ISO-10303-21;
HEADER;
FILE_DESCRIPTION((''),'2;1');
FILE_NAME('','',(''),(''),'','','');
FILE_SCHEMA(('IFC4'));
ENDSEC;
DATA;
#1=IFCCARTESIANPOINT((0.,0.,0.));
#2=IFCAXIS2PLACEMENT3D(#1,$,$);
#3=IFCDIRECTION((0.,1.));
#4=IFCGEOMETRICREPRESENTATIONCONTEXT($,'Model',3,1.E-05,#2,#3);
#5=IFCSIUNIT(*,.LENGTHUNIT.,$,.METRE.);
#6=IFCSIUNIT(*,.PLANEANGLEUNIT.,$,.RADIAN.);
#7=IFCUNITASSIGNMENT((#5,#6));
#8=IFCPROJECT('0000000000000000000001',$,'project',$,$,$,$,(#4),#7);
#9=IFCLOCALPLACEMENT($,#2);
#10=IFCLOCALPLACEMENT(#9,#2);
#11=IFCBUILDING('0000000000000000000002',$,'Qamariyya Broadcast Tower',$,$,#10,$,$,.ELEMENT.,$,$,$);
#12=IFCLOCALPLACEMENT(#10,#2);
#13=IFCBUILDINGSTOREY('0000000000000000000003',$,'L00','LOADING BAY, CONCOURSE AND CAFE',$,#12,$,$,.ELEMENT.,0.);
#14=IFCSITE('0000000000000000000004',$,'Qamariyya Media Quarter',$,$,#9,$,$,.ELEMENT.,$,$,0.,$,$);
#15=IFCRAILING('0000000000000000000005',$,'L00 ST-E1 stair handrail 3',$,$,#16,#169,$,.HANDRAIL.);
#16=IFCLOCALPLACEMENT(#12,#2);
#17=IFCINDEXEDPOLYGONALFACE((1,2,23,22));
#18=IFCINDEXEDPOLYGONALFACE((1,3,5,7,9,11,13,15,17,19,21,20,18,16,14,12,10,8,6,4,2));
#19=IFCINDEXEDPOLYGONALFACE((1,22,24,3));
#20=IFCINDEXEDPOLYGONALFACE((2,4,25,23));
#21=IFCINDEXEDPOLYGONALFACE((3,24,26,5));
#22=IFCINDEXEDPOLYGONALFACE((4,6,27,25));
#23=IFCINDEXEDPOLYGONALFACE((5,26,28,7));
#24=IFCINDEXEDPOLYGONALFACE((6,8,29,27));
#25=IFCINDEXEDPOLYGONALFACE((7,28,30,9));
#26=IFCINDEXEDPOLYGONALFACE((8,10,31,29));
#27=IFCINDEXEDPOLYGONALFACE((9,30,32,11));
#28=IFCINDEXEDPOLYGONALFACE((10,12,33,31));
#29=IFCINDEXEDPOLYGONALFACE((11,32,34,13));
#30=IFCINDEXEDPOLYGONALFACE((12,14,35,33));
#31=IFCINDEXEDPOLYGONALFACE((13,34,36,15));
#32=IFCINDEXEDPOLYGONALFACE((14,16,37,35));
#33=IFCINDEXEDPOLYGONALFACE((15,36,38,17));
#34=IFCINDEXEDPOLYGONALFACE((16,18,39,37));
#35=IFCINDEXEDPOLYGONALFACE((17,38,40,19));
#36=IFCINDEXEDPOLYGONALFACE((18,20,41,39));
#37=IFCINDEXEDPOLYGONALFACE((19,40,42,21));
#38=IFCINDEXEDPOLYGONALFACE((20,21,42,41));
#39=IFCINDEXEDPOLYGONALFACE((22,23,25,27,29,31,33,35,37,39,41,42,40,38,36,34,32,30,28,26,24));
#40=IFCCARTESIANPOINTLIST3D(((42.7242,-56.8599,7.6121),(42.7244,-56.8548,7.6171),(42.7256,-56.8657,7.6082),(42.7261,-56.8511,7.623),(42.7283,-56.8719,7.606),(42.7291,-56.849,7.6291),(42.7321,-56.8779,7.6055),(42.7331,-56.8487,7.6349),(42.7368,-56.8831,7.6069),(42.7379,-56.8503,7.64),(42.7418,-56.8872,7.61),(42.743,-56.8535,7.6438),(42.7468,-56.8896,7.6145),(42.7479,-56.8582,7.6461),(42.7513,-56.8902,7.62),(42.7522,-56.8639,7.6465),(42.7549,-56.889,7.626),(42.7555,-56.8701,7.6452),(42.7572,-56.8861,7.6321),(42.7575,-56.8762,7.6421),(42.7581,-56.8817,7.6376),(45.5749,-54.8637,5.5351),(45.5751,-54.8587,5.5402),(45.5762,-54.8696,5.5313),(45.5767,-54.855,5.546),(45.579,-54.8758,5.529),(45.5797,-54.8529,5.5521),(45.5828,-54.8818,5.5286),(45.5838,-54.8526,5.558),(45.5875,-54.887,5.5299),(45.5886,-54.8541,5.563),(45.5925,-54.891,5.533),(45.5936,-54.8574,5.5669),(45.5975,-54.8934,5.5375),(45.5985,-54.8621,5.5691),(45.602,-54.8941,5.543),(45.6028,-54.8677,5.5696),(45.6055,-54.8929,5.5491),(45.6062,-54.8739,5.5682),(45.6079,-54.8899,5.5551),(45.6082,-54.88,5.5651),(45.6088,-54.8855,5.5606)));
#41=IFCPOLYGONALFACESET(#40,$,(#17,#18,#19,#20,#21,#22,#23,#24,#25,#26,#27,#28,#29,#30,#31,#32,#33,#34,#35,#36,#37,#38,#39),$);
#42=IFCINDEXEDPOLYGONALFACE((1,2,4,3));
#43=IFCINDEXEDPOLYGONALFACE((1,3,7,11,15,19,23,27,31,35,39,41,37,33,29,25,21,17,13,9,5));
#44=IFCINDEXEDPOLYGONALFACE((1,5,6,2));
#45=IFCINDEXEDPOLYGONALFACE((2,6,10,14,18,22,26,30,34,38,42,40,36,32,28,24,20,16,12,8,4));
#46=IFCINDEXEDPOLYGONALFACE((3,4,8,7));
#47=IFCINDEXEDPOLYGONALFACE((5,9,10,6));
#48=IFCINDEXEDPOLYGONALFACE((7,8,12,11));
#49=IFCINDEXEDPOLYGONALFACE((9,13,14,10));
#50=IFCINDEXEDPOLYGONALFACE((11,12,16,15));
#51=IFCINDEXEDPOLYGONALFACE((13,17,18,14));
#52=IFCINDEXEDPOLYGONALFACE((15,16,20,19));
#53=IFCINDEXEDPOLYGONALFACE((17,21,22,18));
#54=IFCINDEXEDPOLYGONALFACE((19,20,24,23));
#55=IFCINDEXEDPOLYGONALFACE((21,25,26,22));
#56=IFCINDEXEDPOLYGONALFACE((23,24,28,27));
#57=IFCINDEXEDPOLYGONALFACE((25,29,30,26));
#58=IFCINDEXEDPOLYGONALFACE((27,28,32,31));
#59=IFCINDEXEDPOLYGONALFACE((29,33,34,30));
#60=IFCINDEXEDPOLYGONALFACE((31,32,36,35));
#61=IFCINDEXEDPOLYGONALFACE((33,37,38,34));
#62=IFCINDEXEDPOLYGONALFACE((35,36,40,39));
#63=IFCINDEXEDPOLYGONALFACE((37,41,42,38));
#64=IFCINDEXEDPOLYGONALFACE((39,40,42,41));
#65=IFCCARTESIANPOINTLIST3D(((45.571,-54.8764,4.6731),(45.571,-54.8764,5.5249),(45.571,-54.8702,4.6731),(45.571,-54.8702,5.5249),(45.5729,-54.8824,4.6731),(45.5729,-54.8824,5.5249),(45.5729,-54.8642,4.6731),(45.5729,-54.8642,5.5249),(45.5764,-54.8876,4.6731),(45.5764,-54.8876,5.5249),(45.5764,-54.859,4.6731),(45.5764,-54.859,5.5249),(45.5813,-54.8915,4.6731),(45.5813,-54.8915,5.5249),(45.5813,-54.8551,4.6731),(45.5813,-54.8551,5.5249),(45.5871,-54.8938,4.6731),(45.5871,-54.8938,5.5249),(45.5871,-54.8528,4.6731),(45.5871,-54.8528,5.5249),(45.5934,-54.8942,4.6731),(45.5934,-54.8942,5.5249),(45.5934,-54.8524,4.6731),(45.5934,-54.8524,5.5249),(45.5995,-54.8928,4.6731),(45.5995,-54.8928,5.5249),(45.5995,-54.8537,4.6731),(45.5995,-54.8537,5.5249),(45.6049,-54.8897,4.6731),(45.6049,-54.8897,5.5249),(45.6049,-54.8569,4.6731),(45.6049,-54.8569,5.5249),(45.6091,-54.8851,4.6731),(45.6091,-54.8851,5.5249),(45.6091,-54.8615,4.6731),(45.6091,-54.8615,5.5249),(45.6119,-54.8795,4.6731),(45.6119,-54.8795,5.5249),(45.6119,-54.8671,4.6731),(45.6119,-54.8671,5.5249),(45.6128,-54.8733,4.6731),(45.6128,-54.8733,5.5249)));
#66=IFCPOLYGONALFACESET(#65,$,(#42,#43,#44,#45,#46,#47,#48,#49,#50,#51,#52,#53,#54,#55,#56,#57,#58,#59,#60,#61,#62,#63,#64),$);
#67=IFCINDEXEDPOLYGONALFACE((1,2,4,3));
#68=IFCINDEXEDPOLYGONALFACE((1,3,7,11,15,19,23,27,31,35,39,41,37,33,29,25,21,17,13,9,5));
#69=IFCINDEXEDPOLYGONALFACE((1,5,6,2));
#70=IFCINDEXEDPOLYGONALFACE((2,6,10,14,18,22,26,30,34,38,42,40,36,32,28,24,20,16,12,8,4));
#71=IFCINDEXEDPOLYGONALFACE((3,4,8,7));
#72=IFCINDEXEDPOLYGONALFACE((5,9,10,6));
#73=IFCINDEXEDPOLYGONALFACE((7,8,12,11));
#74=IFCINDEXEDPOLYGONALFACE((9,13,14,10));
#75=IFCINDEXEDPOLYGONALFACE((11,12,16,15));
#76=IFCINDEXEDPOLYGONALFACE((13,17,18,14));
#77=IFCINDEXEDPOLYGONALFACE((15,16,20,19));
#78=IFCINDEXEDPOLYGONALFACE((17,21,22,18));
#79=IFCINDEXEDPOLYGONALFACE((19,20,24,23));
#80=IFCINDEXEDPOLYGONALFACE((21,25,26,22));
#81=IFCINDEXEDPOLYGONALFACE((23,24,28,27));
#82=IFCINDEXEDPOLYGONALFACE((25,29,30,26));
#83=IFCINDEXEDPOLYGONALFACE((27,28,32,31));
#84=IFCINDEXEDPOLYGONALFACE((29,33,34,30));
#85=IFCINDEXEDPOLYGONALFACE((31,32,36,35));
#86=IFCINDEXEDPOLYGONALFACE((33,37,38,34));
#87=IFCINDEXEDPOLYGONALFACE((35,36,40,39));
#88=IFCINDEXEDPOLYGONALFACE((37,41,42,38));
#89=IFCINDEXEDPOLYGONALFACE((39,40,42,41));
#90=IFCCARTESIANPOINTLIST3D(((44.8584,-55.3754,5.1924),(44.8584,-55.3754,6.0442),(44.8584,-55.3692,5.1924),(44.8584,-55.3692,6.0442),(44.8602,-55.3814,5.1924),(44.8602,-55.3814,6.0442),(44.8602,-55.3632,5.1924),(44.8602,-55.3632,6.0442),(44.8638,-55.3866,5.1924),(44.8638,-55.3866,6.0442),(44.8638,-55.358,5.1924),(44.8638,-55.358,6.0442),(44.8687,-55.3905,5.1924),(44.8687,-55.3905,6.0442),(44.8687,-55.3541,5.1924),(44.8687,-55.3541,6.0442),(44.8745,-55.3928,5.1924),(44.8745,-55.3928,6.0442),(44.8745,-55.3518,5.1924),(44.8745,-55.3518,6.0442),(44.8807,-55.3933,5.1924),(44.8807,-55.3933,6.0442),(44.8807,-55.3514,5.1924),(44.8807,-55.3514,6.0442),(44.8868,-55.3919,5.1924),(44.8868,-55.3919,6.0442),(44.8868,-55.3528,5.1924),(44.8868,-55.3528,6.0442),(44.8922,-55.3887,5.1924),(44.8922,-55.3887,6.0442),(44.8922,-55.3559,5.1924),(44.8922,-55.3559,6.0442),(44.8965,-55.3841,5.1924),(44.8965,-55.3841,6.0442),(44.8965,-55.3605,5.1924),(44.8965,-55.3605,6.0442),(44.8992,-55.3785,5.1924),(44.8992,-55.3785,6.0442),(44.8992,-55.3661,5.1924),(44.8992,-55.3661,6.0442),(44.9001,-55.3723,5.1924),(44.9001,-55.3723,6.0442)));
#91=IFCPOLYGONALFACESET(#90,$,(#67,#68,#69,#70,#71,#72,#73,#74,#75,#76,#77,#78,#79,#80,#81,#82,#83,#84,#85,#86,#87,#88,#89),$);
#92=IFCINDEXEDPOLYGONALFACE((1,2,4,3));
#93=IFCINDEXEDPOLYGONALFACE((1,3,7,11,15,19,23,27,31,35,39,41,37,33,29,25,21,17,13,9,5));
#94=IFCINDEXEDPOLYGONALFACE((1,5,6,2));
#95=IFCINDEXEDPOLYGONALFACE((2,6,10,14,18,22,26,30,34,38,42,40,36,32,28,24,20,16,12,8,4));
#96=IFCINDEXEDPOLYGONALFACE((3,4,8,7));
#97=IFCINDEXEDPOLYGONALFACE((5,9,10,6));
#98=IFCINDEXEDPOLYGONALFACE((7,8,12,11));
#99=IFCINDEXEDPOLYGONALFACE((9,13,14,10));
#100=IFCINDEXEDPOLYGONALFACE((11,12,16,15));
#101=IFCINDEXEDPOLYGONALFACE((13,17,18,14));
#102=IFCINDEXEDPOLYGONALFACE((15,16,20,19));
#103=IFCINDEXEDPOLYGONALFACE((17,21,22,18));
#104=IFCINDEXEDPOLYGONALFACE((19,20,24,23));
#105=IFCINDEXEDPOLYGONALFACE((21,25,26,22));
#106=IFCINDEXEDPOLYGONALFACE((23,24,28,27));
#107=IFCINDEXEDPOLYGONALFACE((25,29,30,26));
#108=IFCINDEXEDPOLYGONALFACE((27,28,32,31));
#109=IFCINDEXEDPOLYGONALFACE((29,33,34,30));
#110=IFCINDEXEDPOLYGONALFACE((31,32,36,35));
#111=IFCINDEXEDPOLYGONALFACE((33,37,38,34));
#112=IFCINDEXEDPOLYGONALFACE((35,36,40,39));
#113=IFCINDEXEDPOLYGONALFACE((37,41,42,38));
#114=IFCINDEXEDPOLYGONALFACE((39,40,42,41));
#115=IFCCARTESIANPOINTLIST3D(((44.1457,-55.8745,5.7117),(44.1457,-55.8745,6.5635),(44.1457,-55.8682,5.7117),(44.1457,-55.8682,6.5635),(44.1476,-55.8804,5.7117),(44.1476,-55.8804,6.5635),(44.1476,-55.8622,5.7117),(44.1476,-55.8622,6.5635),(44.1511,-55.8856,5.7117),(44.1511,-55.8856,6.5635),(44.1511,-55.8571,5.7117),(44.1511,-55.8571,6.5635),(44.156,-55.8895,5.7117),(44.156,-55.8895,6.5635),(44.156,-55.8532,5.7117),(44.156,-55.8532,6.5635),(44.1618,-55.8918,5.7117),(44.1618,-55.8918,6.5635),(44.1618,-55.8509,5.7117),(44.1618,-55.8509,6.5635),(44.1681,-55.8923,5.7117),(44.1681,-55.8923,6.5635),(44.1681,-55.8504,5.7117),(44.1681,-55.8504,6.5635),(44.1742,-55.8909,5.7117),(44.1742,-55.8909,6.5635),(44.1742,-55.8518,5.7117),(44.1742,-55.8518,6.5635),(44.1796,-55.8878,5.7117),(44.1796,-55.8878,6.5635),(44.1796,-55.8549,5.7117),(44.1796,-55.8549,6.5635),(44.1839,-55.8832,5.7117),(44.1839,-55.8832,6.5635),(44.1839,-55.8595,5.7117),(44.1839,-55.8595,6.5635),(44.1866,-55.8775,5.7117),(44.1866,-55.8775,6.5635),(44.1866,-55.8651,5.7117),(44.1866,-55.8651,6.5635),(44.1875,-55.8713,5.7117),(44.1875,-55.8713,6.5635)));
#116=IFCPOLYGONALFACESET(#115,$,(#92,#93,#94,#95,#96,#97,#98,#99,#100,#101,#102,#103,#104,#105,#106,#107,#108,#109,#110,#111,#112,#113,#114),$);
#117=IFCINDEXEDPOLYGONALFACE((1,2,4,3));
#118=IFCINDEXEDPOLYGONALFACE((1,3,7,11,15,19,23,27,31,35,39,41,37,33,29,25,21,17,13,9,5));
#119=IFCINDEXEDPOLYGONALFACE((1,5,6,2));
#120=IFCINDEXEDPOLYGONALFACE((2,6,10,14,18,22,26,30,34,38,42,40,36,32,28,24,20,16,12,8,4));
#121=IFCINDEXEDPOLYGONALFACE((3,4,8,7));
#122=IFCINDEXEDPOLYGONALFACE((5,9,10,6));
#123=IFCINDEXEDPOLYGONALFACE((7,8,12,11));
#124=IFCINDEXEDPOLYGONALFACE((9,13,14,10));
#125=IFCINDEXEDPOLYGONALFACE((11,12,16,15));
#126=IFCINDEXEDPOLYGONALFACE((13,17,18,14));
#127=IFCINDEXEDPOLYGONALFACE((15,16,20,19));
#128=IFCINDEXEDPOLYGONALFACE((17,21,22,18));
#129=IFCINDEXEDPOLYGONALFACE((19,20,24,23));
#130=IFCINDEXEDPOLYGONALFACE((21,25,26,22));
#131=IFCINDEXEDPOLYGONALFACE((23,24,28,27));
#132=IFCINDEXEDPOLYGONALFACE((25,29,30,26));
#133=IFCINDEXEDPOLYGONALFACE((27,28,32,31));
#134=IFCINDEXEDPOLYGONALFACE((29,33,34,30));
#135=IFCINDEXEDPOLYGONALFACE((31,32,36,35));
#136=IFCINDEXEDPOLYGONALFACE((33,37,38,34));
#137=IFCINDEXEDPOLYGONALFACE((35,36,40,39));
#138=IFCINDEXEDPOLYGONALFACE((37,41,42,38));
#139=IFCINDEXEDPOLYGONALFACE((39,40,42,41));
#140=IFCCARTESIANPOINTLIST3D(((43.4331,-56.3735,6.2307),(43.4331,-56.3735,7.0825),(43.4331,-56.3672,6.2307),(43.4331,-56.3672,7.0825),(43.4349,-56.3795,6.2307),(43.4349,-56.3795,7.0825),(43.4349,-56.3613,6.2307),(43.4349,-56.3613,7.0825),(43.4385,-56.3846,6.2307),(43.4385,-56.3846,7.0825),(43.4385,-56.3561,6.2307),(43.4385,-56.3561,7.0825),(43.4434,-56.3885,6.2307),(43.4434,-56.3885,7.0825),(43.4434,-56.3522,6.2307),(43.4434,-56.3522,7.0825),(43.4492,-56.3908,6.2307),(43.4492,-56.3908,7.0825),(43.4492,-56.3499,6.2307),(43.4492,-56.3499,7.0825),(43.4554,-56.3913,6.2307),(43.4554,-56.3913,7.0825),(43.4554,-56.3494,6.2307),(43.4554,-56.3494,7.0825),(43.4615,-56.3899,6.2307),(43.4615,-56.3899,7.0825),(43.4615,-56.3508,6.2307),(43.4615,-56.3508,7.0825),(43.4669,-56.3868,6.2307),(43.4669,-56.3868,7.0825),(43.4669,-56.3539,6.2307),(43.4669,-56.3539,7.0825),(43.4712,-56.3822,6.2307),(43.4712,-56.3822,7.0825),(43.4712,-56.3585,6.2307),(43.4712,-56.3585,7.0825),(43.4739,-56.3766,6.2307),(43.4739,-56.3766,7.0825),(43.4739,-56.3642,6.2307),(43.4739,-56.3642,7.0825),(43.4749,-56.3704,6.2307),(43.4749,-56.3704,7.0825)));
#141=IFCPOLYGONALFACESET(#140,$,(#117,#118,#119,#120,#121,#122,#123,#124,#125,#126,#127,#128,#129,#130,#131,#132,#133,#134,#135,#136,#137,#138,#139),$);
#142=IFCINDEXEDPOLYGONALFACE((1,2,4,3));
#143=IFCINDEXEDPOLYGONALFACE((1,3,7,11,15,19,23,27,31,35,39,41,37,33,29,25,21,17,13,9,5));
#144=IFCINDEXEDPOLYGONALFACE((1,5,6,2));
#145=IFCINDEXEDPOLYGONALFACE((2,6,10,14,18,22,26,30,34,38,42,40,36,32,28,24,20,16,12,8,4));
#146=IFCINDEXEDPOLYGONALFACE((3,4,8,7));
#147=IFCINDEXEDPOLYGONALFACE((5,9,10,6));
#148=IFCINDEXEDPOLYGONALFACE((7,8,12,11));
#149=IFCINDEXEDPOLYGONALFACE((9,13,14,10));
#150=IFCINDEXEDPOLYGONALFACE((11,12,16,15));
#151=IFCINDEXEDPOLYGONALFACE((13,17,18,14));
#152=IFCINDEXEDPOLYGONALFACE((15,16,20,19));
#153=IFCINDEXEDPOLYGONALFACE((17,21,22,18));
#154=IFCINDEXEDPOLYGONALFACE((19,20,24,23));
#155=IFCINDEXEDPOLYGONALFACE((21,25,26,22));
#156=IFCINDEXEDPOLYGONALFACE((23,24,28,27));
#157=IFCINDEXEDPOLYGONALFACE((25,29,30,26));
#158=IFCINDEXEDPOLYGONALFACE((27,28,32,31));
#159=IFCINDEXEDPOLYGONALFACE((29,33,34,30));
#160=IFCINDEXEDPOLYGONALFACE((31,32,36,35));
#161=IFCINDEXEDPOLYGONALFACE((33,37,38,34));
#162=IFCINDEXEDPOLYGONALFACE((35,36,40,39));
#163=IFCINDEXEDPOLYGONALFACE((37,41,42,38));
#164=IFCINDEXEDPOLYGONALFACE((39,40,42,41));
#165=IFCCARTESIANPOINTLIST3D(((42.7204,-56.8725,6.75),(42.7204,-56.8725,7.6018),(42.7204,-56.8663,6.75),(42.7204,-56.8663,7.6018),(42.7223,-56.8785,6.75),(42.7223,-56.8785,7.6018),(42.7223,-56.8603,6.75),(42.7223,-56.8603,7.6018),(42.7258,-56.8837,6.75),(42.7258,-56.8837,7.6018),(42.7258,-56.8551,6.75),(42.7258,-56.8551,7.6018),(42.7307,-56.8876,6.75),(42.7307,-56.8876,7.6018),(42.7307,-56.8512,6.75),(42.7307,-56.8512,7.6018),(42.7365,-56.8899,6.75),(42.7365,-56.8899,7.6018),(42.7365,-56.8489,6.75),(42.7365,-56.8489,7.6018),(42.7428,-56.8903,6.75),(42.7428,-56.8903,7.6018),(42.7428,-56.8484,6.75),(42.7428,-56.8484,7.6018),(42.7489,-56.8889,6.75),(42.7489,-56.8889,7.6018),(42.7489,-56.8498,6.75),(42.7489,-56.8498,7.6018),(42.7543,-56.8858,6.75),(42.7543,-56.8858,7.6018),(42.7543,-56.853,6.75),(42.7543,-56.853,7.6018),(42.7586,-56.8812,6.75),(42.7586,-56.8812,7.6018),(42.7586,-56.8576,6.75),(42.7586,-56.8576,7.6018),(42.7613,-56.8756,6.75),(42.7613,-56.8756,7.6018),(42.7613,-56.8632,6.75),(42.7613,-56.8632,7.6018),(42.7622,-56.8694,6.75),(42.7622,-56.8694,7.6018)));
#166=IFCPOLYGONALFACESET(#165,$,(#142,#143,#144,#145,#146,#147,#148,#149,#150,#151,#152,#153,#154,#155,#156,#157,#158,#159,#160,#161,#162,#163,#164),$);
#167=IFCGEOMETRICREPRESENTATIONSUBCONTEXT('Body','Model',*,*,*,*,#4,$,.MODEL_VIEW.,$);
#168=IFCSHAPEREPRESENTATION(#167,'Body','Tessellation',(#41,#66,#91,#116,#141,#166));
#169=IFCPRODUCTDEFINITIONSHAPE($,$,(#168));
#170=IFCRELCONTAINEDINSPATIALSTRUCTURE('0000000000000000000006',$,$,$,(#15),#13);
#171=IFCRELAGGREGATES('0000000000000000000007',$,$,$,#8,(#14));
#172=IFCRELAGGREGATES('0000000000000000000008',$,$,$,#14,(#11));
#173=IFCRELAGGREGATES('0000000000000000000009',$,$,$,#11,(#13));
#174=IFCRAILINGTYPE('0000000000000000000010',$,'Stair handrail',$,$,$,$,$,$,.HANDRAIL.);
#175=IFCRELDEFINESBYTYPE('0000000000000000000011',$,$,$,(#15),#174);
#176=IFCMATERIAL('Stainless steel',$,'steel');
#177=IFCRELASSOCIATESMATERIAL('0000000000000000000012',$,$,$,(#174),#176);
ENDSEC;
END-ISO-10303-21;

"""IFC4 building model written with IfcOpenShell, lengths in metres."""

from ifc_helpers import new_model, si_unit, direction, frame, origin, origin_2d, place, context, subcontext, project, spatial, circle, extrude, material, type_object, element, save


model = new_model("IFC4")

# Units and contexts
model_context = context("Model", 3, precision=1e-05, world=origin(), true_north=direction((0.0, 1.0)))
body_context = subcontext(model_context, "Body", "Model", "MODEL_VIEW")
ifc_project = project(units=[si_unit("LENGTHUNIT", "METRE"), si_unit("PLANEANGLEUNIT", "RADIAN")], contexts=[model_context])

# Site, building, storey
site_placement = place(None, origin())
site = spatial("IfcSite", under=ifc_project, at=site_placement, Name="Qamariyya Media Quarter", CompositionType="ELEMENT", RefElevation=0.0)
building_placement = place(site_placement, origin())
building = spatial("IfcBuilding", under=site, at=building_placement, Name="Qamariyya Broadcast Tower", CompositionType="ELEMENT")
storey_placement = place(building_placement, origin())
storey = spatial("IfcBuildingStorey", under=building, at=storey_placement, Name="L00", Description="LOADING BAY, CONCOURSE AND CAFE", CompositionType="ELEMENT", Elevation=0.0)

# Railing
ifc_material_1 = material(Name="Stainless steel", Category="steel")
railing_type_1 = type_object("IfcRailingType", Name="Stair handrail", PredefinedType="HANDRAIL", material=ifc_material_1)
railing_1_placement = place(storey_placement, frame((45.5918, -54.8733, 4.6731)))
element("IfcRailing", 1, at=railing_1_placement, inside=storey, type_object=railing_type_1, Name="L00 ST-E1 stair handrail 3", PredefinedType="HANDRAIL", context=body_context, shape_type="SweptSolid", body=[
    extrude(circle(Radius=0.0239, at=origin_2d()), frame((0.0, 0.0, 0.876), z_axis=(-0.703393, -0.492544, 0.512484), x_axis=(0.573594, -0.81914, 0.0)), (0.0, 0.0, 1.0), 4.0527),
    extrude(circle(Radius=0.021, at=origin_2d()), origin(), (0.0, 0.0, 1.0), 0.8518),
    extrude(circle(Radius=0.021, at=origin_2d()), frame((-0.7126, -0.499, 0.5193)), (0.0, 0.0, 1.0), 0.8518),
    extrude(circle(Radius=0.021, at=origin_2d()), frame((-1.4253, -0.998, 1.0386)), (0.0, 0.0, 1.0), 0.8518),
    extrude(circle(Radius=0.021, at=origin_2d()), frame((-2.1379, -1.4971, 1.5576)), (0.0, 0.0, 1.0), 0.8518),
    extrude(circle(Radius=0.021, at=origin_2d()), frame((-2.8506, -1.9961, 2.0769)), (0.0, 0.0, 1.0), 0.8518),
])

save(model, "model.ifc")
